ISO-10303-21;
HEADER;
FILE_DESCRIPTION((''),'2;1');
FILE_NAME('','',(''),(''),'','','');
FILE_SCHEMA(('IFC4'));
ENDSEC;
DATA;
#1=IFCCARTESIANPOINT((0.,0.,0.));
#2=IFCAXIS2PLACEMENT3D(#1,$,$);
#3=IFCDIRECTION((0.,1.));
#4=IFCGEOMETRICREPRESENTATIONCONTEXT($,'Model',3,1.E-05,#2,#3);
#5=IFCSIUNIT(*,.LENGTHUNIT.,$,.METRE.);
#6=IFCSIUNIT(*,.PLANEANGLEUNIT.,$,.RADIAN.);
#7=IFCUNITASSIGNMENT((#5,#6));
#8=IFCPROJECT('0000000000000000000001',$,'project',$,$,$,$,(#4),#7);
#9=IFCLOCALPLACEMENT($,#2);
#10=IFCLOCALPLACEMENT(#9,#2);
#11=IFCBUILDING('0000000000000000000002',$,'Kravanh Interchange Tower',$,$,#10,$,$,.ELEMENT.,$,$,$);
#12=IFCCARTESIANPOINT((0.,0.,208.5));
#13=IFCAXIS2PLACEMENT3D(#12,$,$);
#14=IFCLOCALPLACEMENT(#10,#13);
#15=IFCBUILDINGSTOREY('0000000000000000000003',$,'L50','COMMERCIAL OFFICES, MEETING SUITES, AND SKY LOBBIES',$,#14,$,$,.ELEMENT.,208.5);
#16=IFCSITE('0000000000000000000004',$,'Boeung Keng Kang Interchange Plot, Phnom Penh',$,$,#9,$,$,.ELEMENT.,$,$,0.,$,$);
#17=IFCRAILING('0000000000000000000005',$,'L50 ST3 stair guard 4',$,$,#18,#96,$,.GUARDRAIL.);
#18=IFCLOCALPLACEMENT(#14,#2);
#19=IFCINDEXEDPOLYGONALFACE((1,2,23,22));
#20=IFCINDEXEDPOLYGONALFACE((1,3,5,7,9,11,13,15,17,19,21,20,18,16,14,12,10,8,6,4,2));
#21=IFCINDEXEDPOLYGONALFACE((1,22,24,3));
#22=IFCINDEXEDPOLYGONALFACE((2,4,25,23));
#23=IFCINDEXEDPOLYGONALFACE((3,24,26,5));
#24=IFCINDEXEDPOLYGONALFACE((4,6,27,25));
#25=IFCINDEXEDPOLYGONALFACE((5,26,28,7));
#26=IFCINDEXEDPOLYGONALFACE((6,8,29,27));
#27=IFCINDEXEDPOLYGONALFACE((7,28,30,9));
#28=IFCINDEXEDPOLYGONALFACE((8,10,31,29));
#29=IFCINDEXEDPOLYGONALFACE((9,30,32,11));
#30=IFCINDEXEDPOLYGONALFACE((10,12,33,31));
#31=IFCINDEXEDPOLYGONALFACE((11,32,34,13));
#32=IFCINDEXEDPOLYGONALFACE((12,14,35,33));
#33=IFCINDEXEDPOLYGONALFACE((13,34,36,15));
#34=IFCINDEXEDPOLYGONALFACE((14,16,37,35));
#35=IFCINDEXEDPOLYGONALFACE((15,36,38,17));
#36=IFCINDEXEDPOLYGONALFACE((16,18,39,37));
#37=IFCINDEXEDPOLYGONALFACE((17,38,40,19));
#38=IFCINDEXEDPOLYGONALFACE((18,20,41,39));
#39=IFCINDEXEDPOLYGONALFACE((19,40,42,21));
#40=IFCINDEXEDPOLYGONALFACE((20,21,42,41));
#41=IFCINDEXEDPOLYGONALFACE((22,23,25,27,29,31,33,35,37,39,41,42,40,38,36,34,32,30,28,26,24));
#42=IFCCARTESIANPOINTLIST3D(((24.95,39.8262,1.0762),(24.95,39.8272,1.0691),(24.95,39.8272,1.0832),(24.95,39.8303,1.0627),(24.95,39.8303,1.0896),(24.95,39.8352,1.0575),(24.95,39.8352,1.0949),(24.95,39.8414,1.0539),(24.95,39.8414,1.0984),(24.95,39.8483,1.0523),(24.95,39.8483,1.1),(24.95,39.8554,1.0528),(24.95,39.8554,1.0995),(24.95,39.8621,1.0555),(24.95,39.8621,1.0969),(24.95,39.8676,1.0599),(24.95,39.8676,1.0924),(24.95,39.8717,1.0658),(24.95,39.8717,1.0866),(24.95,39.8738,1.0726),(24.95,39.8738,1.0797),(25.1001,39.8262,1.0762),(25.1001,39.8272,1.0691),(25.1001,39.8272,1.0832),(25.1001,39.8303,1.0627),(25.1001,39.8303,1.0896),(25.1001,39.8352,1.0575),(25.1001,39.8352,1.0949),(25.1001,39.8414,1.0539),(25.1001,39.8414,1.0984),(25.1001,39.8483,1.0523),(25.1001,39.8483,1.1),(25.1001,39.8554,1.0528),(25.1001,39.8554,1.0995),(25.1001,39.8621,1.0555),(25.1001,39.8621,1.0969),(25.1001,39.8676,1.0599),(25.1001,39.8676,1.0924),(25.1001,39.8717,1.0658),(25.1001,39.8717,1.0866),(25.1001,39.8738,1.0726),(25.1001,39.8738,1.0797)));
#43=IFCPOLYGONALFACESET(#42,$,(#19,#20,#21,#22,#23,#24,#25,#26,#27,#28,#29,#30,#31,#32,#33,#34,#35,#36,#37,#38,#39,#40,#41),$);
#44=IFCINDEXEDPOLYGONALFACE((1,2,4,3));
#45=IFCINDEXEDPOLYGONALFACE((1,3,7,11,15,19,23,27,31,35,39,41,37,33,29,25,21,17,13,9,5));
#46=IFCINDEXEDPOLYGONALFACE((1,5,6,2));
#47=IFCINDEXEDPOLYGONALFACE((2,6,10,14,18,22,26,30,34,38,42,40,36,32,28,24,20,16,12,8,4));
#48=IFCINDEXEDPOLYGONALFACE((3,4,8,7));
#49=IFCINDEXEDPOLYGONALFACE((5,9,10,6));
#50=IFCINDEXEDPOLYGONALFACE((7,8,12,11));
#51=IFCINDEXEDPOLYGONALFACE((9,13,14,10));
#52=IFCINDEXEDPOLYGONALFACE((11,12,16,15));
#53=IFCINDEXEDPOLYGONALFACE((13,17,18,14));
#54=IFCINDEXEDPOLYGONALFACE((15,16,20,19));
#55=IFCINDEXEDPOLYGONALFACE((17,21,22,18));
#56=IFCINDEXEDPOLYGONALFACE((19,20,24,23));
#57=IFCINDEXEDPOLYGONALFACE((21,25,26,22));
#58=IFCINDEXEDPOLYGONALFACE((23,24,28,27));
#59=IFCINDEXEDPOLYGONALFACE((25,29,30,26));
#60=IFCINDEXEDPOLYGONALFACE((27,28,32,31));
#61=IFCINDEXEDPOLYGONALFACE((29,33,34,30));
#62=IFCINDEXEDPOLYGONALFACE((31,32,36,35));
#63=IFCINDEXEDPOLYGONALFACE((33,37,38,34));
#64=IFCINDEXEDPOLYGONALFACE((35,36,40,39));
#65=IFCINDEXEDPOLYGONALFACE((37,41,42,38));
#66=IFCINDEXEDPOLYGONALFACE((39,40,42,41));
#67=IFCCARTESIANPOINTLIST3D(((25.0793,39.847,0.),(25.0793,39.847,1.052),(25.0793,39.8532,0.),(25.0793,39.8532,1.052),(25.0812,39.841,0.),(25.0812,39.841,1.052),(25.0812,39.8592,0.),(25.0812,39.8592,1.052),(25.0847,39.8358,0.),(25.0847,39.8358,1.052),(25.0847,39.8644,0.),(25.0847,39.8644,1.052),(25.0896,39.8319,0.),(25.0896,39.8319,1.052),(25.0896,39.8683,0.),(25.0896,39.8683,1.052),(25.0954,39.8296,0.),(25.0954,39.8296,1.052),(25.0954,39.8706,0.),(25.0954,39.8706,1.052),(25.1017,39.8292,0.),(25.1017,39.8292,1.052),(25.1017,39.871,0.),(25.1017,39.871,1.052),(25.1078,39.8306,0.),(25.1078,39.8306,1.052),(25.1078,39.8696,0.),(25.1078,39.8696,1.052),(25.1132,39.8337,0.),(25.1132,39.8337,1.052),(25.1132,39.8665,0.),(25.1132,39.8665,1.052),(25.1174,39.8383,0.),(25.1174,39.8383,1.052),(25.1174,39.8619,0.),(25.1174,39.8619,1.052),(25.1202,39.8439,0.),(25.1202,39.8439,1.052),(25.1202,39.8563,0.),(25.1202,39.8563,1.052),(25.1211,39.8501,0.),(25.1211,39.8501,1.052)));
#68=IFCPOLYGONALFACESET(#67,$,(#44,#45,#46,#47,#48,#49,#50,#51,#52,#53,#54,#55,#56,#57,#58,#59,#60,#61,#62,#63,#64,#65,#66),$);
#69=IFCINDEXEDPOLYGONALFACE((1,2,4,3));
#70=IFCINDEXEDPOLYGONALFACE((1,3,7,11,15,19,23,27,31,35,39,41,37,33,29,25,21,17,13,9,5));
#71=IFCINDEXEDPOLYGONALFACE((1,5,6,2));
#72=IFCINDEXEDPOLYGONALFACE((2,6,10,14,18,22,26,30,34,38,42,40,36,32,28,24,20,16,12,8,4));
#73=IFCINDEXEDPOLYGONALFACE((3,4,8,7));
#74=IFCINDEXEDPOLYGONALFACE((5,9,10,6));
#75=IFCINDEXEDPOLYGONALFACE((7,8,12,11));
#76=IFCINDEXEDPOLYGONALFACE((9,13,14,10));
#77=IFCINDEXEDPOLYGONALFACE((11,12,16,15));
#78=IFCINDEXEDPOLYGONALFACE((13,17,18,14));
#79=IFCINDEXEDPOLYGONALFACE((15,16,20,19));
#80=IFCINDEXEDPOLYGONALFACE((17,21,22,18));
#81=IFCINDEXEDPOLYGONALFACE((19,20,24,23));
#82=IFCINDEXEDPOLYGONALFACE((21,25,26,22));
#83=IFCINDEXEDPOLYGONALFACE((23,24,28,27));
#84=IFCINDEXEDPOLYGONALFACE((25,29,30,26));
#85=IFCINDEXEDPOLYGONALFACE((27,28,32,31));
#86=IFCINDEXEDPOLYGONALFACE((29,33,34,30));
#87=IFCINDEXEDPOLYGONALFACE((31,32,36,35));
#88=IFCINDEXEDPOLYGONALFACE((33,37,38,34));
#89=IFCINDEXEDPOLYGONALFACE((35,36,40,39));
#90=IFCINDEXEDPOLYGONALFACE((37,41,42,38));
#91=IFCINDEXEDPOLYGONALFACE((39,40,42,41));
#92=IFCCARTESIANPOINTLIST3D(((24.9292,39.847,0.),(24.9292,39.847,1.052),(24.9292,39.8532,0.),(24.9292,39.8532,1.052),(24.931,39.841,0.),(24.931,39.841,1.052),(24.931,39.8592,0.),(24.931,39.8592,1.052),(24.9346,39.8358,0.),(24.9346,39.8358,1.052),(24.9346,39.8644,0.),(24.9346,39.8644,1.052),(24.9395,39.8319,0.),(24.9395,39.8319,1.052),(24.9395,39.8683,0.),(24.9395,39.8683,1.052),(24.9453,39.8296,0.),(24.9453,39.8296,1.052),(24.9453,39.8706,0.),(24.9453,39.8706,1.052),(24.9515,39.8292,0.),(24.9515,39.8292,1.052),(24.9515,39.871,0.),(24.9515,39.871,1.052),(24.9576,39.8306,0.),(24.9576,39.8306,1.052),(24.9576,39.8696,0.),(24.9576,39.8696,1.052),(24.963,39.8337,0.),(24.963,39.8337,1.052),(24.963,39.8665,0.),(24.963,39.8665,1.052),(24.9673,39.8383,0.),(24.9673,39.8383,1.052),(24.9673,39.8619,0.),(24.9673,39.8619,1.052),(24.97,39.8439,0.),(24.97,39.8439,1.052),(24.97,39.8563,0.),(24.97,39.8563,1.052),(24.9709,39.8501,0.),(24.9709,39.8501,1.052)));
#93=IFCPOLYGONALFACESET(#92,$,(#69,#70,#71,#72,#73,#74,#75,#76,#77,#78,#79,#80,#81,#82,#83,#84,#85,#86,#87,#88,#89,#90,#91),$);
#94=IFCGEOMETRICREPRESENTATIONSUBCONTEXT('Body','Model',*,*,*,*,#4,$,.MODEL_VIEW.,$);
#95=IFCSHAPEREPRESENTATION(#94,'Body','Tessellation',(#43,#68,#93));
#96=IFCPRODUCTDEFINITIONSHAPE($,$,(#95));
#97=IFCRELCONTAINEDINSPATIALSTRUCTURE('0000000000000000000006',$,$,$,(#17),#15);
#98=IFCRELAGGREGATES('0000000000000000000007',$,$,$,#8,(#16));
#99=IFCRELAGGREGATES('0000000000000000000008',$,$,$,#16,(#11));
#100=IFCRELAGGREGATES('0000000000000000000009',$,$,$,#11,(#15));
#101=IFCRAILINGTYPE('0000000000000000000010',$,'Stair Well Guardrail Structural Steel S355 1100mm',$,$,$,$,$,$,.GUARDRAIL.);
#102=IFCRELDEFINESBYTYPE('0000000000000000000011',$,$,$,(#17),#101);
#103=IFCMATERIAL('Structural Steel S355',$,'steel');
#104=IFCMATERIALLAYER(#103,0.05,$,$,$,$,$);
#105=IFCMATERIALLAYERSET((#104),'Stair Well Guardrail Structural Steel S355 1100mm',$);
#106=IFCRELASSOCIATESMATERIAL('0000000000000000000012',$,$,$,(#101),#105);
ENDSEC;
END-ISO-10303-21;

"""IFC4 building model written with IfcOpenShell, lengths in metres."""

from ifc_helpers import new_model, si_unit, direction, frame, origin, origin_2d, place, context, subcontext, project, spatial, circle, extrude, material, layer, layer_set, type_object, element, save


model = new_model("IFC4")

# Units and contexts
model_context = context("Model", 3, precision=1e-05, world=origin(), true_north=direction((0.0, 1.0)))
body_context = subcontext(model_context, "Body", "Model", "MODEL_VIEW")
ifc_project = project(units=[si_unit("LENGTHUNIT", "METRE"), si_unit("PLANEANGLEUNIT", "RADIAN")], contexts=[model_context])

# Site, building, storey
site_placement = place(None, origin())
site = spatial("IfcSite", under=ifc_project, at=site_placement, Name="Boeung Keng Kang Interchange Plot, Phnom Penh", CompositionType="ELEMENT", RefElevation=0.0)
building_placement = place(site_placement, origin())
building = spatial("IfcBuilding", under=site, at=building_placement, Name="Kravanh Interchange Tower", CompositionType="ELEMENT")
storey_placement = place(building_placement, frame((0.0, 0.0, 208.5)))
storey = spatial("IfcBuildingStorey", under=building, at=storey_placement, Name="L50", Description="COMMERCIAL OFFICES, MEETING SUITES, AND SKY LOBBIES", CompositionType="ELEMENT", Elevation=208.5)

# Railing
ifc_material_1 = material(Name="Structural Steel S355", Category="steel")
ifc_layer_1 = layer(ifc_material_1, 0.05)
ifc_layer_set_1 = layer_set([ifc_layer_1], Name="Stair Well Guardrail Structural Steel S355 1100mm")
railing_type_1 = type_object("IfcRailingType", Name="Stair Well Guardrail Structural Steel S355 1100mm", PredefinedType="GUARDRAIL", material=ifc_layer_set_1)
railing_1_placement = place(storey_placement, frame((25.1001, 39.8501, 0.0)))
element("IfcRailing", 1, at=railing_1_placement, inside=storey, type_object=railing_type_1, Name="L50 ST3 stair guard 4", PredefinedType="GUARDRAIL", context=body_context, shape_type="SweptSolid", body=[
    extrude(circle(Radius=0.0239, at=origin_2d()), frame((0.0, 0.0, 1.0762), z_axis=(-1.0, 0.0, 0.0), x_axis=(0.0, -1.0, 0.0)), (0.0, 0.0, 1.0), 0.1501),
    extrude(circle(Radius=0.021, at=origin_2d()), origin(), (0.0, 0.0, 1.0), 1.052),
    extrude(circle(Radius=0.021, at=origin_2d()), frame((-0.1501, 0.0, 0.0)), (0.0, 0.0, 1.0), 1.052),
])

save(model, "model.ifc")
